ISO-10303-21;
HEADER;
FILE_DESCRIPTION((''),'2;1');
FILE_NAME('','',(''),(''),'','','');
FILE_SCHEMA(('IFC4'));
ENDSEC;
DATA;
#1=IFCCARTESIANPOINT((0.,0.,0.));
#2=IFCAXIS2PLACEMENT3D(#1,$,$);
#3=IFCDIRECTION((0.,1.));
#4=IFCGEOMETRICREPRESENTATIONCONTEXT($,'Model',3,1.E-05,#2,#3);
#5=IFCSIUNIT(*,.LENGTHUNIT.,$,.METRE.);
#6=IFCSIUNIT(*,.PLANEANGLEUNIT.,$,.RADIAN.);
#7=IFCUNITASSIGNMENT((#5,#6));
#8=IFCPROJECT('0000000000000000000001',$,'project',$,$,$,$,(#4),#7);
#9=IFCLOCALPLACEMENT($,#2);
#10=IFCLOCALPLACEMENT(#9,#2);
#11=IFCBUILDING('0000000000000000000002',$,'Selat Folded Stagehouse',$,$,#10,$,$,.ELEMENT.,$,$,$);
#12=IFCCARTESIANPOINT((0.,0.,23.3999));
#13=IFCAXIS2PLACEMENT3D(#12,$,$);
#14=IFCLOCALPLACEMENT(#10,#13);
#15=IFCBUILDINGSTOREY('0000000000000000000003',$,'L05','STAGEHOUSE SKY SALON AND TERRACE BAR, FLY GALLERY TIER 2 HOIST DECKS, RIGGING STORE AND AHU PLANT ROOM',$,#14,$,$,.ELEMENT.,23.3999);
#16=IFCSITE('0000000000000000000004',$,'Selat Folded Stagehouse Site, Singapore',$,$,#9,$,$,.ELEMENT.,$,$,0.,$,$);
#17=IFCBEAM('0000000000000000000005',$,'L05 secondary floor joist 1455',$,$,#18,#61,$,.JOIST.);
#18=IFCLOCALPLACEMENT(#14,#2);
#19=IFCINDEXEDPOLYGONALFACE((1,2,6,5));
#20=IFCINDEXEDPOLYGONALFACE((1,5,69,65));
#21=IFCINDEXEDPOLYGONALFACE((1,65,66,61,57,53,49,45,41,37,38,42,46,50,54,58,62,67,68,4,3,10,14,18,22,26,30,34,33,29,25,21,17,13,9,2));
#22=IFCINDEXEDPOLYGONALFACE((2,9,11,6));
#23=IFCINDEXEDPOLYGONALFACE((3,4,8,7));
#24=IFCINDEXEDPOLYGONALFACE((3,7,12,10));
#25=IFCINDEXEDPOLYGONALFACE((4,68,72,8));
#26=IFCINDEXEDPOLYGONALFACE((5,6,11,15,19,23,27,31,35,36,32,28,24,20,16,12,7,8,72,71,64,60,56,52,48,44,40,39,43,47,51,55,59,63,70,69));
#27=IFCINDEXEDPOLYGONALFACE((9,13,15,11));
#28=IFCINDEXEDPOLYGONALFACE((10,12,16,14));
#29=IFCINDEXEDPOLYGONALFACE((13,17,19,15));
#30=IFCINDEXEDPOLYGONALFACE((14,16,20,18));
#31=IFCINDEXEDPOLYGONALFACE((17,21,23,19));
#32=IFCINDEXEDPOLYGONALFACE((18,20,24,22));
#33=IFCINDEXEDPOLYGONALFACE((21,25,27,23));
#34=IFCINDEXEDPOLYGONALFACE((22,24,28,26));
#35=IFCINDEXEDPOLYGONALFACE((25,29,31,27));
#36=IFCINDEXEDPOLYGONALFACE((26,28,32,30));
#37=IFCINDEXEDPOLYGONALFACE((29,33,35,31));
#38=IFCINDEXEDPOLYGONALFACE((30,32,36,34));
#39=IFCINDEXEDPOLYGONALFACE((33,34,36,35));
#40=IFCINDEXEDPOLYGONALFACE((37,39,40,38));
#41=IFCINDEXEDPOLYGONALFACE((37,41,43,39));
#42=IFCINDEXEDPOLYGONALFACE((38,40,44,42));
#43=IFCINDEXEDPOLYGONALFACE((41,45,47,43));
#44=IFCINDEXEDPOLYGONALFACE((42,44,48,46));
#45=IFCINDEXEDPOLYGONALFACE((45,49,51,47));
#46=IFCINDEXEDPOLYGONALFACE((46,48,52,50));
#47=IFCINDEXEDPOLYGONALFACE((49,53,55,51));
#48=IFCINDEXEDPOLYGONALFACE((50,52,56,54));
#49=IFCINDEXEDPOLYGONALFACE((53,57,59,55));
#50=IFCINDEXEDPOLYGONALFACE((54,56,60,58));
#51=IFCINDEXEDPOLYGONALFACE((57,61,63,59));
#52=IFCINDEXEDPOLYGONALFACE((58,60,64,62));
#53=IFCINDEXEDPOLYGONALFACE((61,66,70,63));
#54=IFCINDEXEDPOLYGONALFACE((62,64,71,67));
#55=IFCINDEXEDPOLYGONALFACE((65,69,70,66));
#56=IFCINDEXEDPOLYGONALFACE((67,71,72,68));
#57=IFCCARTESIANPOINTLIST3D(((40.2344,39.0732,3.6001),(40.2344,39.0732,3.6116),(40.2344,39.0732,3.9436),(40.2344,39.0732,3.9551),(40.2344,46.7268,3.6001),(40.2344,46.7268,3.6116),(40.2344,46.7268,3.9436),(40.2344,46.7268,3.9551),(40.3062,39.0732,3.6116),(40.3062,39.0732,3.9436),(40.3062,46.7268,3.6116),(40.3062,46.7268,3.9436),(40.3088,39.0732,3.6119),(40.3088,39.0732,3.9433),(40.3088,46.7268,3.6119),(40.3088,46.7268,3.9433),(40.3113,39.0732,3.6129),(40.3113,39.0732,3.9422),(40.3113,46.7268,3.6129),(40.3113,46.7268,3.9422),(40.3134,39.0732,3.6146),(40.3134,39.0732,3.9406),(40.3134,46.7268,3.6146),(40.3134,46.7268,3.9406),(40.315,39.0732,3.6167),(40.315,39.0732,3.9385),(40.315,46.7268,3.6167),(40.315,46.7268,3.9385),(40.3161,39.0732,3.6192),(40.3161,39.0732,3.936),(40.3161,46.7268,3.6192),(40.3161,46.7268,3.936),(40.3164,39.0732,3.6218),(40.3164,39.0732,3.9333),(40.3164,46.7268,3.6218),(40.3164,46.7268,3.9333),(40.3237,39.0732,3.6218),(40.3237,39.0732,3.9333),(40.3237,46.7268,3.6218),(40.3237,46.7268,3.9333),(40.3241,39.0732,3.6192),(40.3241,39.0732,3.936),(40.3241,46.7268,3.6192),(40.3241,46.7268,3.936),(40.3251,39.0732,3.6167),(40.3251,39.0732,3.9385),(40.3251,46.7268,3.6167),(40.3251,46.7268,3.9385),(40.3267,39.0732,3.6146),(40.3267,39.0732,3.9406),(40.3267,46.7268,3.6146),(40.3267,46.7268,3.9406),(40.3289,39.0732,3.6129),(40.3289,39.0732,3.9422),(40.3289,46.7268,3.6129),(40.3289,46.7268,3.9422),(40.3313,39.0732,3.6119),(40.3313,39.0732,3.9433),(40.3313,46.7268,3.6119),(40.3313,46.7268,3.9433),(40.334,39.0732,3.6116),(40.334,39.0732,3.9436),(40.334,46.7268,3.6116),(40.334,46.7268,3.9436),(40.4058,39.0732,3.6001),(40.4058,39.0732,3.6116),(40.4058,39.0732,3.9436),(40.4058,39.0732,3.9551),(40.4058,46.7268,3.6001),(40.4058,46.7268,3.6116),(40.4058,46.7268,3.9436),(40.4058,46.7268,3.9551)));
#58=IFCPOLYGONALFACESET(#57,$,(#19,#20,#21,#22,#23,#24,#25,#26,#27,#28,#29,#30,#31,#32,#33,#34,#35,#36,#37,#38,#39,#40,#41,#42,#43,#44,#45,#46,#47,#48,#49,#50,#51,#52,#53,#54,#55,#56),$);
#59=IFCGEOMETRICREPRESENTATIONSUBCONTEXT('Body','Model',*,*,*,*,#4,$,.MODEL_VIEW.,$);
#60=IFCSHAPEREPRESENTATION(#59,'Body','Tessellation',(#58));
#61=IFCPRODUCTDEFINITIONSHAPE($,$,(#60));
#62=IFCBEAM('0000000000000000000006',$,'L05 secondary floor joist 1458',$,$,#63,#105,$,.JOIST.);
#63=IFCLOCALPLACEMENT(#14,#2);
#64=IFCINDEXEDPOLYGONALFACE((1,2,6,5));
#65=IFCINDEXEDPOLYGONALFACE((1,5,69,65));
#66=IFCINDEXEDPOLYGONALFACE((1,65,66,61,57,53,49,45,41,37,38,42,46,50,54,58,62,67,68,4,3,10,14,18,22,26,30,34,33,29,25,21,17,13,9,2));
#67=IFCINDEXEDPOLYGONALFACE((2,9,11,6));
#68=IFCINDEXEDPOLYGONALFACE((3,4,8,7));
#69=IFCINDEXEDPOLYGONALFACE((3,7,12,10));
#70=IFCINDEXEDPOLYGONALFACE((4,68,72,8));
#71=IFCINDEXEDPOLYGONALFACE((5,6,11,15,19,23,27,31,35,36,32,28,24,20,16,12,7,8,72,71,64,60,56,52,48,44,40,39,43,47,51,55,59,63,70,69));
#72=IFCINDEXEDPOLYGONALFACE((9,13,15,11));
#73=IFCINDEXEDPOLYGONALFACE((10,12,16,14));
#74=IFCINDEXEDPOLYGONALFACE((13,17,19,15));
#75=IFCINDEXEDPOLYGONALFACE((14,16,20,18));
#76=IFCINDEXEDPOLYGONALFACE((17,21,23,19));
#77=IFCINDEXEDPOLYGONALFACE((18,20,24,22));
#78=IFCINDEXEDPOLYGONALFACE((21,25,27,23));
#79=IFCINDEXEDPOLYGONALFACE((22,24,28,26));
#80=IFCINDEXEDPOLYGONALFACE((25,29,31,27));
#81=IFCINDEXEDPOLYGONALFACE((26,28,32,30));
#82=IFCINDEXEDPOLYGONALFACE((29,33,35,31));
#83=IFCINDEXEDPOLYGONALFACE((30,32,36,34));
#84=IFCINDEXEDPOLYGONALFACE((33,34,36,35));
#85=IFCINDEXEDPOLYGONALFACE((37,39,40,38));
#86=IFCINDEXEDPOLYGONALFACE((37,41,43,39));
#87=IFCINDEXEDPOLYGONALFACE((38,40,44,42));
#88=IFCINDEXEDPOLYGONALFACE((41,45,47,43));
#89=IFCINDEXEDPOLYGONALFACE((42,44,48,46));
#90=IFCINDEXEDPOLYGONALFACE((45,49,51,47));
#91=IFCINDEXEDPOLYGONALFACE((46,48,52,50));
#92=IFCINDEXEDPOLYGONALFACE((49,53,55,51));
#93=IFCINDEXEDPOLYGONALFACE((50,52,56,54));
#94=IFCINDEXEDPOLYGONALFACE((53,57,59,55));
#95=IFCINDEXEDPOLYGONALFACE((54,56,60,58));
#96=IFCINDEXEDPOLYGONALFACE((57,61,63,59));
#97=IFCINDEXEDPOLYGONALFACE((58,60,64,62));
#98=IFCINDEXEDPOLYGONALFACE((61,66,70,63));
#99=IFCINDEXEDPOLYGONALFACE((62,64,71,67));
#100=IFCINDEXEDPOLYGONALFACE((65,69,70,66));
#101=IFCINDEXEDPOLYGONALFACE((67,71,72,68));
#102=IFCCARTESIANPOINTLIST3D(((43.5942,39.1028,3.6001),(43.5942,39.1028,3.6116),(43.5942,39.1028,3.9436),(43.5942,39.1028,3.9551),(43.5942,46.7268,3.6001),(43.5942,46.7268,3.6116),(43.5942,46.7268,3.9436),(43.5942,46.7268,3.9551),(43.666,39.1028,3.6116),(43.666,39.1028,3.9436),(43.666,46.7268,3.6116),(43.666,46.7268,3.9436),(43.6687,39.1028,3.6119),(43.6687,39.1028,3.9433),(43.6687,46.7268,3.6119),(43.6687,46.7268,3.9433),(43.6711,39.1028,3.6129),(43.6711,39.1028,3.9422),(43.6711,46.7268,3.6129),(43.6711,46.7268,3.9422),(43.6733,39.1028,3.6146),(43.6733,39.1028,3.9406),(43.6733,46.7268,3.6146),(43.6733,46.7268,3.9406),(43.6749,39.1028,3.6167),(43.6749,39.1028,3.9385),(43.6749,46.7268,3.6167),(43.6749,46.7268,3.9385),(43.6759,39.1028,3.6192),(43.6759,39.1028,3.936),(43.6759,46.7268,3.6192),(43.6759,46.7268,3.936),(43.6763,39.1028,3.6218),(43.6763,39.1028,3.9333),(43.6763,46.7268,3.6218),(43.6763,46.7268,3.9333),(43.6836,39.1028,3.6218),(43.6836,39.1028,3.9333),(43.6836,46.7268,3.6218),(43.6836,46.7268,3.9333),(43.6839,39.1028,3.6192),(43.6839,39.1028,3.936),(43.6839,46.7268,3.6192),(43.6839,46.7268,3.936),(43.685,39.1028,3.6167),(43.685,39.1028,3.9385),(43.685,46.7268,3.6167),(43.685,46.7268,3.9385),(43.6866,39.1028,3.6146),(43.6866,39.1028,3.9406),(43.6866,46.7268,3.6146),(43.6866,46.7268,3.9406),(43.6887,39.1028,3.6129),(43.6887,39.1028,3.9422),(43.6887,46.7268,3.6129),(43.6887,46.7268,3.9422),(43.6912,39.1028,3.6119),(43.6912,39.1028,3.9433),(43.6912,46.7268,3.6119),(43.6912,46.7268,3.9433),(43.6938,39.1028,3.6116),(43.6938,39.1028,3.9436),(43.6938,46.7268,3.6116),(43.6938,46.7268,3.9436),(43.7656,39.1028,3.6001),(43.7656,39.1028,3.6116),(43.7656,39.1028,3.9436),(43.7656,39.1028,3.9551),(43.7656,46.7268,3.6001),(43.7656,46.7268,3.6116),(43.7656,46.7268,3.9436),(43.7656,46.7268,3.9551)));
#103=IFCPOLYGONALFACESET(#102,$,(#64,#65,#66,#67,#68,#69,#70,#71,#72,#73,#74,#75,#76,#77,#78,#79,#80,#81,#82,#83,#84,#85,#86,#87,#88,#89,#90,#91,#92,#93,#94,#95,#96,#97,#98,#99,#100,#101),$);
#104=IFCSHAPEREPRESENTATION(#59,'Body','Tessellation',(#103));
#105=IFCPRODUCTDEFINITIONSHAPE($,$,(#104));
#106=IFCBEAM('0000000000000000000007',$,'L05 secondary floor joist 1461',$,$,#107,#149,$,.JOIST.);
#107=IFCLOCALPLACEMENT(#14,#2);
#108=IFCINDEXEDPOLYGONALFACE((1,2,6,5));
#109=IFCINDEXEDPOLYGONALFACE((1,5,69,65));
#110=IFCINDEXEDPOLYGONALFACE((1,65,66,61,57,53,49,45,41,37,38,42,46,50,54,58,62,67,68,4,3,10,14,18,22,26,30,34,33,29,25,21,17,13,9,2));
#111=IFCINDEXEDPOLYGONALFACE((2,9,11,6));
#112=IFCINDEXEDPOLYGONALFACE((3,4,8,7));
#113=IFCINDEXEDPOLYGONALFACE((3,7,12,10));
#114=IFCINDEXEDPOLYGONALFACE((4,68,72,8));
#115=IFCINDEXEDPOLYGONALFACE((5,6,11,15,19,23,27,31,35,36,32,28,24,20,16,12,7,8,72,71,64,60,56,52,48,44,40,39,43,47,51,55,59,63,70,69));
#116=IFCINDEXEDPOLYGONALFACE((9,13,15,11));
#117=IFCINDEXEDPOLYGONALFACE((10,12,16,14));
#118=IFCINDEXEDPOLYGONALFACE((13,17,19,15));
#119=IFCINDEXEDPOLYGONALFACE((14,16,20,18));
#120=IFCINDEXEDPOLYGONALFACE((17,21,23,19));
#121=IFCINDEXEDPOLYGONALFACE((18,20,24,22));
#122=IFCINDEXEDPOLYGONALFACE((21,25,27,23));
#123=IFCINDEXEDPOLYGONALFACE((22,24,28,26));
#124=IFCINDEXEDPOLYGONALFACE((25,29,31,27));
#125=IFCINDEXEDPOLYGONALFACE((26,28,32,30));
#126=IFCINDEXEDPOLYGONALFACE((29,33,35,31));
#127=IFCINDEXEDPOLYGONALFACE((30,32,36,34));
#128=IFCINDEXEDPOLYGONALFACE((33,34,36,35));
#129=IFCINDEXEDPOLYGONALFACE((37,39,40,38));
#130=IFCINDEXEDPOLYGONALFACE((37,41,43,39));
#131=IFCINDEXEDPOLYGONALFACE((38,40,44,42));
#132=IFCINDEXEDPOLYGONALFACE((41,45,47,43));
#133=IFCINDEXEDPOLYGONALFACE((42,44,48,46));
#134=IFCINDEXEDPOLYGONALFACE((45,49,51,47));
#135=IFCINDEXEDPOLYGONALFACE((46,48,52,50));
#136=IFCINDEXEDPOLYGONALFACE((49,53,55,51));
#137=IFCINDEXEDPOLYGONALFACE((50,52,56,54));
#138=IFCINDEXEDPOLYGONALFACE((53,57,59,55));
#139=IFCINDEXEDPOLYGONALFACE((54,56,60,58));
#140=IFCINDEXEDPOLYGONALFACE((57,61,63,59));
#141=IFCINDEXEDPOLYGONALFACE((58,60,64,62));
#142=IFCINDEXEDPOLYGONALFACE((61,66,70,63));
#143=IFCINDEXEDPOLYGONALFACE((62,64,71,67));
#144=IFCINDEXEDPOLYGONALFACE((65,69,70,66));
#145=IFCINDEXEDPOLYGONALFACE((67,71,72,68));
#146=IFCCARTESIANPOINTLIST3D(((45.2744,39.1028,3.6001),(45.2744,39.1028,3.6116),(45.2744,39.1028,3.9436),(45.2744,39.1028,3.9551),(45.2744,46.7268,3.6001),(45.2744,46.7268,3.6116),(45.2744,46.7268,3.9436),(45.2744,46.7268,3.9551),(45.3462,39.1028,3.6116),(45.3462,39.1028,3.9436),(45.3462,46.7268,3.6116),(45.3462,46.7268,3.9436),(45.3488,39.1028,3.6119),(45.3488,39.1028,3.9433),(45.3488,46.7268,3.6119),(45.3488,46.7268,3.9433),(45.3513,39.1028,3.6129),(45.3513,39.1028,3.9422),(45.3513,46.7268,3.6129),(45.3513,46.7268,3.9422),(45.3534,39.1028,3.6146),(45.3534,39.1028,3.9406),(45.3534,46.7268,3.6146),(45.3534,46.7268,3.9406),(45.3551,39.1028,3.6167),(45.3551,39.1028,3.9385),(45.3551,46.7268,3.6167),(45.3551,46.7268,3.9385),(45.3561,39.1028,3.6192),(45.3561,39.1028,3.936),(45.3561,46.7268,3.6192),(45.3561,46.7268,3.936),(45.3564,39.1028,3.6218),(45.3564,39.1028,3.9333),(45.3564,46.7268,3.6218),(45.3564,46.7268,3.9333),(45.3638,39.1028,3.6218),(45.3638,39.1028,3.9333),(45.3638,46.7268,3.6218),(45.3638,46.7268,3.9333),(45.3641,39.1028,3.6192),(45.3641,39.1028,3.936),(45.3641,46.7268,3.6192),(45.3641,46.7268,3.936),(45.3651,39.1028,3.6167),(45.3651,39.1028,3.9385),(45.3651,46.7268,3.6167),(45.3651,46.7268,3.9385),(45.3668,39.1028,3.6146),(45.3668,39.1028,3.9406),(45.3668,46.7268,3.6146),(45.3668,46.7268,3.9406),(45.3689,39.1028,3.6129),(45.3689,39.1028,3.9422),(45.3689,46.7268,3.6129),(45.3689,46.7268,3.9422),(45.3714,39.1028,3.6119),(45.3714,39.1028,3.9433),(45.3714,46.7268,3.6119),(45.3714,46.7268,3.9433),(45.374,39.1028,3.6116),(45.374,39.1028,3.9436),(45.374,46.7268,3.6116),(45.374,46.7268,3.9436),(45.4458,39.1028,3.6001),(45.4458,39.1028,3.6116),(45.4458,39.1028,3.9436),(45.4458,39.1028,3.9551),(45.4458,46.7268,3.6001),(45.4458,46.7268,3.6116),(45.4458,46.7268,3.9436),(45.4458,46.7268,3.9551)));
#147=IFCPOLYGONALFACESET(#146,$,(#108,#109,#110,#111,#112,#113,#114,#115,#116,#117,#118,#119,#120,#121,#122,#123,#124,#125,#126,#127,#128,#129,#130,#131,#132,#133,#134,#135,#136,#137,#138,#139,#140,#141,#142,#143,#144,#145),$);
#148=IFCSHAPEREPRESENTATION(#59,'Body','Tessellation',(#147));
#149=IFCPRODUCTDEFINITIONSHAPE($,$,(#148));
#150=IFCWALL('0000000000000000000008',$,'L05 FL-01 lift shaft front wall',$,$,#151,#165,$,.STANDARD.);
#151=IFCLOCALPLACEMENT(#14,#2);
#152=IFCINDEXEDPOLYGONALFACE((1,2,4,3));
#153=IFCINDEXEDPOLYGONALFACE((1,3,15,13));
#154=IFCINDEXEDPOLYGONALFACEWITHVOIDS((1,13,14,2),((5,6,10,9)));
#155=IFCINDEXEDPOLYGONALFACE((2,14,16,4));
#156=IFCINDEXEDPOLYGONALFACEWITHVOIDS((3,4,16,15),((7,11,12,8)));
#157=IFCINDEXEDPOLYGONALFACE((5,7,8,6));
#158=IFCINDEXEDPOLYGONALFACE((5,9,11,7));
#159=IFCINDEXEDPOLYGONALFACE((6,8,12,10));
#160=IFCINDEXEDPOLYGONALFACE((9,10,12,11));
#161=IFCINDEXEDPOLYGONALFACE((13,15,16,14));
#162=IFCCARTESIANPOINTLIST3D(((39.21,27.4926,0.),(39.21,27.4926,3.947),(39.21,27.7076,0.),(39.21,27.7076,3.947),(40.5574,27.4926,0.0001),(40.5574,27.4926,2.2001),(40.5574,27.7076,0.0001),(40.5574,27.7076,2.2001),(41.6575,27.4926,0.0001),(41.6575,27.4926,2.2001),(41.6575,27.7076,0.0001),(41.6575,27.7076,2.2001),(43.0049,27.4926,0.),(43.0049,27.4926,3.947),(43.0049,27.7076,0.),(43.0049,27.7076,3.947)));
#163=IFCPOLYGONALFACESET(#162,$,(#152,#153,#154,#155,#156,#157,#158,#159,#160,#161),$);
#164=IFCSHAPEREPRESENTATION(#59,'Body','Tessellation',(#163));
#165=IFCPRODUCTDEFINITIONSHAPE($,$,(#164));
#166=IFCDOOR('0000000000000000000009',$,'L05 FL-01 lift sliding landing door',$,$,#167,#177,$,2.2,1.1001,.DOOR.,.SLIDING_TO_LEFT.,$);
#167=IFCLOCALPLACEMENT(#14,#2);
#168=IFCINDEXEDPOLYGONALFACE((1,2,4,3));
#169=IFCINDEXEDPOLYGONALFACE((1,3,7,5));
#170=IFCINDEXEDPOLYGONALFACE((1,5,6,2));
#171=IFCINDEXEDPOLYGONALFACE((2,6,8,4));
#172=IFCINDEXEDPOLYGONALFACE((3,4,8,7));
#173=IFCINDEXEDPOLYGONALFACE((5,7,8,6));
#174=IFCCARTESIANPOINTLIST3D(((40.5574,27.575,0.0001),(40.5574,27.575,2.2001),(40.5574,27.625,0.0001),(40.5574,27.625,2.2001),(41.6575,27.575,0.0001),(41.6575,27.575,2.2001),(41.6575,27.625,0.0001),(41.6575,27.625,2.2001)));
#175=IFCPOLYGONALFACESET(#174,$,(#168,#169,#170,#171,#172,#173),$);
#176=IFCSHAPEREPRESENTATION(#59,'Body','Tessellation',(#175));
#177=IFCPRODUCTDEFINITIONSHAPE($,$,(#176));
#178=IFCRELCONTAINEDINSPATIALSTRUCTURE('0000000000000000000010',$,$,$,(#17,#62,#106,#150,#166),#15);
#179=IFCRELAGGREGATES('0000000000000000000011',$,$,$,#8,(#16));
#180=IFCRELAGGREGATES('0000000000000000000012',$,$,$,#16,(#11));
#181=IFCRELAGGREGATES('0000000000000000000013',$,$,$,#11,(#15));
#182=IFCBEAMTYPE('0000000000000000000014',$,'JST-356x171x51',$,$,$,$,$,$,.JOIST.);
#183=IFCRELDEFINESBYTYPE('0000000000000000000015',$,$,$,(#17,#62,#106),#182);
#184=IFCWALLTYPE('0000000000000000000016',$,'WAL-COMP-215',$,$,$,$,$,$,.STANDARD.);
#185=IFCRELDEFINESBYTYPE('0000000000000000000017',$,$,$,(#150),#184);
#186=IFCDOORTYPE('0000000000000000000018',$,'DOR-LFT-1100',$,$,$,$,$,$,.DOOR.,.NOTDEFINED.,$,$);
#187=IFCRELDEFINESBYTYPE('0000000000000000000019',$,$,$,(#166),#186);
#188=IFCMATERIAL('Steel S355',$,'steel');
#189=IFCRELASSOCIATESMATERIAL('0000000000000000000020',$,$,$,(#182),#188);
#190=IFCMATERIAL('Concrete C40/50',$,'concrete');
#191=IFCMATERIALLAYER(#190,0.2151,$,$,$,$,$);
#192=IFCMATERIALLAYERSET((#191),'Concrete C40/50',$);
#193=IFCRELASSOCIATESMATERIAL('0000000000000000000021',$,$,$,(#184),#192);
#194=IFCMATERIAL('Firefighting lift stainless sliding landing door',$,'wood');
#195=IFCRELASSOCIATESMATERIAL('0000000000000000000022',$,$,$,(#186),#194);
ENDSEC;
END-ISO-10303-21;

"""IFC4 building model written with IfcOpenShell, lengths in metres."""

from ifc_helpers import new_model, si_unit, direction, frame, frame_2d, origin, origin_2d, place, context, subcontext, project, spatial, rectangle, i_section, extrude, material, layer, layer_set, material_profile, profile_set, type_object, element, fill, save


model = new_model("IFC4")

# Units and contexts
model_context = context("Model", 3, precision=1e-05, world=origin(), true_north=direction((0.0, 1.0)))
body_context = subcontext(model_context, "Body", "Model", "MODEL_VIEW")
ifc_project = project(units=[si_unit("LENGTHUNIT", "METRE"), si_unit("PLANEANGLEUNIT", "RADIAN")], contexts=[model_context])

# Site, building, storey
site_placement = place(None, origin())
site = spatial("IfcSite", under=ifc_project, at=site_placement, Name="Selat Folded Stagehouse Site, Singapore", CompositionType="ELEMENT", RefElevation=0.0)
building_placement = place(site_placement, origin())
building = spatial("IfcBuilding", under=site, at=building_placement, Name="Selat Folded Stagehouse", CompositionType="ELEMENT")
storey_placement = place(building_placement, frame((0.0, 0.0, 23.3999)))
storey = spatial("IfcBuildingStorey", under=building, at=storey_placement, Name="L05", Description="STAGEHOUSE SKY SALON AND TERRACE BAR, FLY GALLERY TIER 2 HOIST DECKS, RIGGING STORE AND AHU PLANT ROOM", CompositionType="ELEMENT", Elevation=23.3999)

# Shared definitions
ifc_material_1 = material(Name="Steel S355", Category="steel")

# Beams
ifc_material_profile_1 = material_profile(ifc_material_1, i_section(OverallWidth=0.1714, OverallDepth=0.355, WebThickness=0.0073, FlangeThickness=0.0115, FilletRadius=0.0103, at=origin_2d()), Name="UKB 356x171x51")
ifc_profile_set_1 = profile_set([ifc_material_profile_1], Name="Steel S355")
beam_type_1 = type_object("IfcBeamType", Name="JST-356x171x51", PredefinedType="JOIST", material=ifc_profile_set_1)
for number, where, z_axis, x_axis, name in (
    (1, (40.3201, 39.0732, 3.7776), (0.0, 1.0, 0.0), (-1.0, 0.0, 0.0), "L05 secondary floor joist 1455"),
):
    element("IfcBeam", number, at=place(storey_placement, frame(where, z_axis=z_axis, x_axis=x_axis)), inside=storey, type_object=beam_type_1, Name=name, PredefinedType="JOIST", context=body_context, shape_type="SweptSolid", body=[
        extrude(i_section(OverallWidth=0.1714, OverallDepth=0.355, WebThickness=0.0073, FlangeThickness=0.0115, FilletRadius=0.0103, at=origin_2d()), origin(), (0.0, 0.0, 1.0), 7.6536),
    ])
for number, where, z_axis, x_axis, name in (
    (2, (43.6799, 39.1028, 3.7776), (0.0, 1.0, 0.0), (-1.0, 0.0, 0.0), "L05 secondary floor joist 1458"),
    (3, (45.3601, 39.1028, 3.7776), (0.0, 1.0, 0.0), (-1.0, 0.0, 0.0), "L05 secondary floor joist 1461"),
):
    element("IfcBeam", number, at=place(storey_placement, frame(where, z_axis=z_axis, x_axis=x_axis)), inside=storey, type_object=beam_type_1, Name=name, PredefinedType="JOIST", context=body_context, shape_type="SweptSolid", body=[
        extrude(i_section(OverallWidth=0.1714, OverallDepth=0.355, WebThickness=0.0073, FlangeThickness=0.0115, FilletRadius=0.0103, at=origin_2d()), origin(), (0.0, 0.0, 1.0), 7.624),
    ])

# Wall, opening, door
ifc_material_2 = material(Name="Concrete C40/50", Category="concrete")
ifc_layer_1 = layer(ifc_material_2, 0.2151)
ifc_layer_set_1 = layer_set([ifc_layer_1], Name="Concrete C40/50")
wall_type_1 = type_object("IfcWallType", Name="WAL-COMP-215", PredefinedType="STANDARD", material=ifc_layer_set_1)
wall_1_placement = place(storey_placement, frame((39.21, 27.6001, 0.0), z_axis=(0.0, 0.0, 1.0), x_axis=(1.0, 0.0, 0.0)))
wall_1 = element("IfcWall", 4, at=wall_1_placement, inside=storey, type_object=wall_type_1, Name="L05 FL-01 lift shaft front wall", PredefinedType="STANDARD", context=body_context, shape_type="SweptSolid", body=[
    extrude(rectangle(XDim=3.7949, YDim=0.2151, at=frame_2d((1.8975, 0.0))), origin(), (0.0, 0.0, 1.0), 3.947),
])
opening_1_placement = place(wall_1_placement, frame((1.3474, 0.0, 0.0)))
opening_1 = element("IfcOpeningElement", 5, at=opening_1_placement, cuts=wall_1, PredefinedType="OPENING", context=body_context, shape_type="SweptSolid", body=[
    extrude(rectangle(XDim=1.1001, YDim=2.2, at=frame_2d((0.55, 1.1001))), frame((0.0, 0.1174, 0.0), z_axis=(0.0, -1.0, 0.0), x_axis=(1.0, 0.0, 0.0)), (0.0, 0.0, 1.0), 0.2351),
])
ifc_material_3 = material(Name="Firefighting lift stainless sliding landing door", Category="wood")
door_type_1 = type_object("IfcDoorType", Name="DOR-LFT-1100", OperationType="NOTDEFINED", PredefinedType="DOOR", material=ifc_material_3)
door_1_placement = place(opening_1_placement, origin())
door_1 = element("IfcDoor", 6, at=door_1_placement, inside=storey, type_object=door_type_1, Name="L05 FL-01 lift sliding landing door", OperationType="SLIDING_TO_LEFT", OverallHeight=2.2, OverallWidth=1.1001, PredefinedType="DOOR", context=body_context, shape_type="SweptSolid", body=[
    extrude(rectangle(XDim=1.1001, YDim=2.2, at=frame_2d((0.55, 1.1001))), frame((0.0, 0.0249, 0.0), z_axis=(0.0, -1.0, 0.0), x_axis=(1.0, 0.0, 0.0)), (0.0, 0.0, 1.0), 0.05),
])
fill(opening_1, door_1)

save(model, "model.ifc")
